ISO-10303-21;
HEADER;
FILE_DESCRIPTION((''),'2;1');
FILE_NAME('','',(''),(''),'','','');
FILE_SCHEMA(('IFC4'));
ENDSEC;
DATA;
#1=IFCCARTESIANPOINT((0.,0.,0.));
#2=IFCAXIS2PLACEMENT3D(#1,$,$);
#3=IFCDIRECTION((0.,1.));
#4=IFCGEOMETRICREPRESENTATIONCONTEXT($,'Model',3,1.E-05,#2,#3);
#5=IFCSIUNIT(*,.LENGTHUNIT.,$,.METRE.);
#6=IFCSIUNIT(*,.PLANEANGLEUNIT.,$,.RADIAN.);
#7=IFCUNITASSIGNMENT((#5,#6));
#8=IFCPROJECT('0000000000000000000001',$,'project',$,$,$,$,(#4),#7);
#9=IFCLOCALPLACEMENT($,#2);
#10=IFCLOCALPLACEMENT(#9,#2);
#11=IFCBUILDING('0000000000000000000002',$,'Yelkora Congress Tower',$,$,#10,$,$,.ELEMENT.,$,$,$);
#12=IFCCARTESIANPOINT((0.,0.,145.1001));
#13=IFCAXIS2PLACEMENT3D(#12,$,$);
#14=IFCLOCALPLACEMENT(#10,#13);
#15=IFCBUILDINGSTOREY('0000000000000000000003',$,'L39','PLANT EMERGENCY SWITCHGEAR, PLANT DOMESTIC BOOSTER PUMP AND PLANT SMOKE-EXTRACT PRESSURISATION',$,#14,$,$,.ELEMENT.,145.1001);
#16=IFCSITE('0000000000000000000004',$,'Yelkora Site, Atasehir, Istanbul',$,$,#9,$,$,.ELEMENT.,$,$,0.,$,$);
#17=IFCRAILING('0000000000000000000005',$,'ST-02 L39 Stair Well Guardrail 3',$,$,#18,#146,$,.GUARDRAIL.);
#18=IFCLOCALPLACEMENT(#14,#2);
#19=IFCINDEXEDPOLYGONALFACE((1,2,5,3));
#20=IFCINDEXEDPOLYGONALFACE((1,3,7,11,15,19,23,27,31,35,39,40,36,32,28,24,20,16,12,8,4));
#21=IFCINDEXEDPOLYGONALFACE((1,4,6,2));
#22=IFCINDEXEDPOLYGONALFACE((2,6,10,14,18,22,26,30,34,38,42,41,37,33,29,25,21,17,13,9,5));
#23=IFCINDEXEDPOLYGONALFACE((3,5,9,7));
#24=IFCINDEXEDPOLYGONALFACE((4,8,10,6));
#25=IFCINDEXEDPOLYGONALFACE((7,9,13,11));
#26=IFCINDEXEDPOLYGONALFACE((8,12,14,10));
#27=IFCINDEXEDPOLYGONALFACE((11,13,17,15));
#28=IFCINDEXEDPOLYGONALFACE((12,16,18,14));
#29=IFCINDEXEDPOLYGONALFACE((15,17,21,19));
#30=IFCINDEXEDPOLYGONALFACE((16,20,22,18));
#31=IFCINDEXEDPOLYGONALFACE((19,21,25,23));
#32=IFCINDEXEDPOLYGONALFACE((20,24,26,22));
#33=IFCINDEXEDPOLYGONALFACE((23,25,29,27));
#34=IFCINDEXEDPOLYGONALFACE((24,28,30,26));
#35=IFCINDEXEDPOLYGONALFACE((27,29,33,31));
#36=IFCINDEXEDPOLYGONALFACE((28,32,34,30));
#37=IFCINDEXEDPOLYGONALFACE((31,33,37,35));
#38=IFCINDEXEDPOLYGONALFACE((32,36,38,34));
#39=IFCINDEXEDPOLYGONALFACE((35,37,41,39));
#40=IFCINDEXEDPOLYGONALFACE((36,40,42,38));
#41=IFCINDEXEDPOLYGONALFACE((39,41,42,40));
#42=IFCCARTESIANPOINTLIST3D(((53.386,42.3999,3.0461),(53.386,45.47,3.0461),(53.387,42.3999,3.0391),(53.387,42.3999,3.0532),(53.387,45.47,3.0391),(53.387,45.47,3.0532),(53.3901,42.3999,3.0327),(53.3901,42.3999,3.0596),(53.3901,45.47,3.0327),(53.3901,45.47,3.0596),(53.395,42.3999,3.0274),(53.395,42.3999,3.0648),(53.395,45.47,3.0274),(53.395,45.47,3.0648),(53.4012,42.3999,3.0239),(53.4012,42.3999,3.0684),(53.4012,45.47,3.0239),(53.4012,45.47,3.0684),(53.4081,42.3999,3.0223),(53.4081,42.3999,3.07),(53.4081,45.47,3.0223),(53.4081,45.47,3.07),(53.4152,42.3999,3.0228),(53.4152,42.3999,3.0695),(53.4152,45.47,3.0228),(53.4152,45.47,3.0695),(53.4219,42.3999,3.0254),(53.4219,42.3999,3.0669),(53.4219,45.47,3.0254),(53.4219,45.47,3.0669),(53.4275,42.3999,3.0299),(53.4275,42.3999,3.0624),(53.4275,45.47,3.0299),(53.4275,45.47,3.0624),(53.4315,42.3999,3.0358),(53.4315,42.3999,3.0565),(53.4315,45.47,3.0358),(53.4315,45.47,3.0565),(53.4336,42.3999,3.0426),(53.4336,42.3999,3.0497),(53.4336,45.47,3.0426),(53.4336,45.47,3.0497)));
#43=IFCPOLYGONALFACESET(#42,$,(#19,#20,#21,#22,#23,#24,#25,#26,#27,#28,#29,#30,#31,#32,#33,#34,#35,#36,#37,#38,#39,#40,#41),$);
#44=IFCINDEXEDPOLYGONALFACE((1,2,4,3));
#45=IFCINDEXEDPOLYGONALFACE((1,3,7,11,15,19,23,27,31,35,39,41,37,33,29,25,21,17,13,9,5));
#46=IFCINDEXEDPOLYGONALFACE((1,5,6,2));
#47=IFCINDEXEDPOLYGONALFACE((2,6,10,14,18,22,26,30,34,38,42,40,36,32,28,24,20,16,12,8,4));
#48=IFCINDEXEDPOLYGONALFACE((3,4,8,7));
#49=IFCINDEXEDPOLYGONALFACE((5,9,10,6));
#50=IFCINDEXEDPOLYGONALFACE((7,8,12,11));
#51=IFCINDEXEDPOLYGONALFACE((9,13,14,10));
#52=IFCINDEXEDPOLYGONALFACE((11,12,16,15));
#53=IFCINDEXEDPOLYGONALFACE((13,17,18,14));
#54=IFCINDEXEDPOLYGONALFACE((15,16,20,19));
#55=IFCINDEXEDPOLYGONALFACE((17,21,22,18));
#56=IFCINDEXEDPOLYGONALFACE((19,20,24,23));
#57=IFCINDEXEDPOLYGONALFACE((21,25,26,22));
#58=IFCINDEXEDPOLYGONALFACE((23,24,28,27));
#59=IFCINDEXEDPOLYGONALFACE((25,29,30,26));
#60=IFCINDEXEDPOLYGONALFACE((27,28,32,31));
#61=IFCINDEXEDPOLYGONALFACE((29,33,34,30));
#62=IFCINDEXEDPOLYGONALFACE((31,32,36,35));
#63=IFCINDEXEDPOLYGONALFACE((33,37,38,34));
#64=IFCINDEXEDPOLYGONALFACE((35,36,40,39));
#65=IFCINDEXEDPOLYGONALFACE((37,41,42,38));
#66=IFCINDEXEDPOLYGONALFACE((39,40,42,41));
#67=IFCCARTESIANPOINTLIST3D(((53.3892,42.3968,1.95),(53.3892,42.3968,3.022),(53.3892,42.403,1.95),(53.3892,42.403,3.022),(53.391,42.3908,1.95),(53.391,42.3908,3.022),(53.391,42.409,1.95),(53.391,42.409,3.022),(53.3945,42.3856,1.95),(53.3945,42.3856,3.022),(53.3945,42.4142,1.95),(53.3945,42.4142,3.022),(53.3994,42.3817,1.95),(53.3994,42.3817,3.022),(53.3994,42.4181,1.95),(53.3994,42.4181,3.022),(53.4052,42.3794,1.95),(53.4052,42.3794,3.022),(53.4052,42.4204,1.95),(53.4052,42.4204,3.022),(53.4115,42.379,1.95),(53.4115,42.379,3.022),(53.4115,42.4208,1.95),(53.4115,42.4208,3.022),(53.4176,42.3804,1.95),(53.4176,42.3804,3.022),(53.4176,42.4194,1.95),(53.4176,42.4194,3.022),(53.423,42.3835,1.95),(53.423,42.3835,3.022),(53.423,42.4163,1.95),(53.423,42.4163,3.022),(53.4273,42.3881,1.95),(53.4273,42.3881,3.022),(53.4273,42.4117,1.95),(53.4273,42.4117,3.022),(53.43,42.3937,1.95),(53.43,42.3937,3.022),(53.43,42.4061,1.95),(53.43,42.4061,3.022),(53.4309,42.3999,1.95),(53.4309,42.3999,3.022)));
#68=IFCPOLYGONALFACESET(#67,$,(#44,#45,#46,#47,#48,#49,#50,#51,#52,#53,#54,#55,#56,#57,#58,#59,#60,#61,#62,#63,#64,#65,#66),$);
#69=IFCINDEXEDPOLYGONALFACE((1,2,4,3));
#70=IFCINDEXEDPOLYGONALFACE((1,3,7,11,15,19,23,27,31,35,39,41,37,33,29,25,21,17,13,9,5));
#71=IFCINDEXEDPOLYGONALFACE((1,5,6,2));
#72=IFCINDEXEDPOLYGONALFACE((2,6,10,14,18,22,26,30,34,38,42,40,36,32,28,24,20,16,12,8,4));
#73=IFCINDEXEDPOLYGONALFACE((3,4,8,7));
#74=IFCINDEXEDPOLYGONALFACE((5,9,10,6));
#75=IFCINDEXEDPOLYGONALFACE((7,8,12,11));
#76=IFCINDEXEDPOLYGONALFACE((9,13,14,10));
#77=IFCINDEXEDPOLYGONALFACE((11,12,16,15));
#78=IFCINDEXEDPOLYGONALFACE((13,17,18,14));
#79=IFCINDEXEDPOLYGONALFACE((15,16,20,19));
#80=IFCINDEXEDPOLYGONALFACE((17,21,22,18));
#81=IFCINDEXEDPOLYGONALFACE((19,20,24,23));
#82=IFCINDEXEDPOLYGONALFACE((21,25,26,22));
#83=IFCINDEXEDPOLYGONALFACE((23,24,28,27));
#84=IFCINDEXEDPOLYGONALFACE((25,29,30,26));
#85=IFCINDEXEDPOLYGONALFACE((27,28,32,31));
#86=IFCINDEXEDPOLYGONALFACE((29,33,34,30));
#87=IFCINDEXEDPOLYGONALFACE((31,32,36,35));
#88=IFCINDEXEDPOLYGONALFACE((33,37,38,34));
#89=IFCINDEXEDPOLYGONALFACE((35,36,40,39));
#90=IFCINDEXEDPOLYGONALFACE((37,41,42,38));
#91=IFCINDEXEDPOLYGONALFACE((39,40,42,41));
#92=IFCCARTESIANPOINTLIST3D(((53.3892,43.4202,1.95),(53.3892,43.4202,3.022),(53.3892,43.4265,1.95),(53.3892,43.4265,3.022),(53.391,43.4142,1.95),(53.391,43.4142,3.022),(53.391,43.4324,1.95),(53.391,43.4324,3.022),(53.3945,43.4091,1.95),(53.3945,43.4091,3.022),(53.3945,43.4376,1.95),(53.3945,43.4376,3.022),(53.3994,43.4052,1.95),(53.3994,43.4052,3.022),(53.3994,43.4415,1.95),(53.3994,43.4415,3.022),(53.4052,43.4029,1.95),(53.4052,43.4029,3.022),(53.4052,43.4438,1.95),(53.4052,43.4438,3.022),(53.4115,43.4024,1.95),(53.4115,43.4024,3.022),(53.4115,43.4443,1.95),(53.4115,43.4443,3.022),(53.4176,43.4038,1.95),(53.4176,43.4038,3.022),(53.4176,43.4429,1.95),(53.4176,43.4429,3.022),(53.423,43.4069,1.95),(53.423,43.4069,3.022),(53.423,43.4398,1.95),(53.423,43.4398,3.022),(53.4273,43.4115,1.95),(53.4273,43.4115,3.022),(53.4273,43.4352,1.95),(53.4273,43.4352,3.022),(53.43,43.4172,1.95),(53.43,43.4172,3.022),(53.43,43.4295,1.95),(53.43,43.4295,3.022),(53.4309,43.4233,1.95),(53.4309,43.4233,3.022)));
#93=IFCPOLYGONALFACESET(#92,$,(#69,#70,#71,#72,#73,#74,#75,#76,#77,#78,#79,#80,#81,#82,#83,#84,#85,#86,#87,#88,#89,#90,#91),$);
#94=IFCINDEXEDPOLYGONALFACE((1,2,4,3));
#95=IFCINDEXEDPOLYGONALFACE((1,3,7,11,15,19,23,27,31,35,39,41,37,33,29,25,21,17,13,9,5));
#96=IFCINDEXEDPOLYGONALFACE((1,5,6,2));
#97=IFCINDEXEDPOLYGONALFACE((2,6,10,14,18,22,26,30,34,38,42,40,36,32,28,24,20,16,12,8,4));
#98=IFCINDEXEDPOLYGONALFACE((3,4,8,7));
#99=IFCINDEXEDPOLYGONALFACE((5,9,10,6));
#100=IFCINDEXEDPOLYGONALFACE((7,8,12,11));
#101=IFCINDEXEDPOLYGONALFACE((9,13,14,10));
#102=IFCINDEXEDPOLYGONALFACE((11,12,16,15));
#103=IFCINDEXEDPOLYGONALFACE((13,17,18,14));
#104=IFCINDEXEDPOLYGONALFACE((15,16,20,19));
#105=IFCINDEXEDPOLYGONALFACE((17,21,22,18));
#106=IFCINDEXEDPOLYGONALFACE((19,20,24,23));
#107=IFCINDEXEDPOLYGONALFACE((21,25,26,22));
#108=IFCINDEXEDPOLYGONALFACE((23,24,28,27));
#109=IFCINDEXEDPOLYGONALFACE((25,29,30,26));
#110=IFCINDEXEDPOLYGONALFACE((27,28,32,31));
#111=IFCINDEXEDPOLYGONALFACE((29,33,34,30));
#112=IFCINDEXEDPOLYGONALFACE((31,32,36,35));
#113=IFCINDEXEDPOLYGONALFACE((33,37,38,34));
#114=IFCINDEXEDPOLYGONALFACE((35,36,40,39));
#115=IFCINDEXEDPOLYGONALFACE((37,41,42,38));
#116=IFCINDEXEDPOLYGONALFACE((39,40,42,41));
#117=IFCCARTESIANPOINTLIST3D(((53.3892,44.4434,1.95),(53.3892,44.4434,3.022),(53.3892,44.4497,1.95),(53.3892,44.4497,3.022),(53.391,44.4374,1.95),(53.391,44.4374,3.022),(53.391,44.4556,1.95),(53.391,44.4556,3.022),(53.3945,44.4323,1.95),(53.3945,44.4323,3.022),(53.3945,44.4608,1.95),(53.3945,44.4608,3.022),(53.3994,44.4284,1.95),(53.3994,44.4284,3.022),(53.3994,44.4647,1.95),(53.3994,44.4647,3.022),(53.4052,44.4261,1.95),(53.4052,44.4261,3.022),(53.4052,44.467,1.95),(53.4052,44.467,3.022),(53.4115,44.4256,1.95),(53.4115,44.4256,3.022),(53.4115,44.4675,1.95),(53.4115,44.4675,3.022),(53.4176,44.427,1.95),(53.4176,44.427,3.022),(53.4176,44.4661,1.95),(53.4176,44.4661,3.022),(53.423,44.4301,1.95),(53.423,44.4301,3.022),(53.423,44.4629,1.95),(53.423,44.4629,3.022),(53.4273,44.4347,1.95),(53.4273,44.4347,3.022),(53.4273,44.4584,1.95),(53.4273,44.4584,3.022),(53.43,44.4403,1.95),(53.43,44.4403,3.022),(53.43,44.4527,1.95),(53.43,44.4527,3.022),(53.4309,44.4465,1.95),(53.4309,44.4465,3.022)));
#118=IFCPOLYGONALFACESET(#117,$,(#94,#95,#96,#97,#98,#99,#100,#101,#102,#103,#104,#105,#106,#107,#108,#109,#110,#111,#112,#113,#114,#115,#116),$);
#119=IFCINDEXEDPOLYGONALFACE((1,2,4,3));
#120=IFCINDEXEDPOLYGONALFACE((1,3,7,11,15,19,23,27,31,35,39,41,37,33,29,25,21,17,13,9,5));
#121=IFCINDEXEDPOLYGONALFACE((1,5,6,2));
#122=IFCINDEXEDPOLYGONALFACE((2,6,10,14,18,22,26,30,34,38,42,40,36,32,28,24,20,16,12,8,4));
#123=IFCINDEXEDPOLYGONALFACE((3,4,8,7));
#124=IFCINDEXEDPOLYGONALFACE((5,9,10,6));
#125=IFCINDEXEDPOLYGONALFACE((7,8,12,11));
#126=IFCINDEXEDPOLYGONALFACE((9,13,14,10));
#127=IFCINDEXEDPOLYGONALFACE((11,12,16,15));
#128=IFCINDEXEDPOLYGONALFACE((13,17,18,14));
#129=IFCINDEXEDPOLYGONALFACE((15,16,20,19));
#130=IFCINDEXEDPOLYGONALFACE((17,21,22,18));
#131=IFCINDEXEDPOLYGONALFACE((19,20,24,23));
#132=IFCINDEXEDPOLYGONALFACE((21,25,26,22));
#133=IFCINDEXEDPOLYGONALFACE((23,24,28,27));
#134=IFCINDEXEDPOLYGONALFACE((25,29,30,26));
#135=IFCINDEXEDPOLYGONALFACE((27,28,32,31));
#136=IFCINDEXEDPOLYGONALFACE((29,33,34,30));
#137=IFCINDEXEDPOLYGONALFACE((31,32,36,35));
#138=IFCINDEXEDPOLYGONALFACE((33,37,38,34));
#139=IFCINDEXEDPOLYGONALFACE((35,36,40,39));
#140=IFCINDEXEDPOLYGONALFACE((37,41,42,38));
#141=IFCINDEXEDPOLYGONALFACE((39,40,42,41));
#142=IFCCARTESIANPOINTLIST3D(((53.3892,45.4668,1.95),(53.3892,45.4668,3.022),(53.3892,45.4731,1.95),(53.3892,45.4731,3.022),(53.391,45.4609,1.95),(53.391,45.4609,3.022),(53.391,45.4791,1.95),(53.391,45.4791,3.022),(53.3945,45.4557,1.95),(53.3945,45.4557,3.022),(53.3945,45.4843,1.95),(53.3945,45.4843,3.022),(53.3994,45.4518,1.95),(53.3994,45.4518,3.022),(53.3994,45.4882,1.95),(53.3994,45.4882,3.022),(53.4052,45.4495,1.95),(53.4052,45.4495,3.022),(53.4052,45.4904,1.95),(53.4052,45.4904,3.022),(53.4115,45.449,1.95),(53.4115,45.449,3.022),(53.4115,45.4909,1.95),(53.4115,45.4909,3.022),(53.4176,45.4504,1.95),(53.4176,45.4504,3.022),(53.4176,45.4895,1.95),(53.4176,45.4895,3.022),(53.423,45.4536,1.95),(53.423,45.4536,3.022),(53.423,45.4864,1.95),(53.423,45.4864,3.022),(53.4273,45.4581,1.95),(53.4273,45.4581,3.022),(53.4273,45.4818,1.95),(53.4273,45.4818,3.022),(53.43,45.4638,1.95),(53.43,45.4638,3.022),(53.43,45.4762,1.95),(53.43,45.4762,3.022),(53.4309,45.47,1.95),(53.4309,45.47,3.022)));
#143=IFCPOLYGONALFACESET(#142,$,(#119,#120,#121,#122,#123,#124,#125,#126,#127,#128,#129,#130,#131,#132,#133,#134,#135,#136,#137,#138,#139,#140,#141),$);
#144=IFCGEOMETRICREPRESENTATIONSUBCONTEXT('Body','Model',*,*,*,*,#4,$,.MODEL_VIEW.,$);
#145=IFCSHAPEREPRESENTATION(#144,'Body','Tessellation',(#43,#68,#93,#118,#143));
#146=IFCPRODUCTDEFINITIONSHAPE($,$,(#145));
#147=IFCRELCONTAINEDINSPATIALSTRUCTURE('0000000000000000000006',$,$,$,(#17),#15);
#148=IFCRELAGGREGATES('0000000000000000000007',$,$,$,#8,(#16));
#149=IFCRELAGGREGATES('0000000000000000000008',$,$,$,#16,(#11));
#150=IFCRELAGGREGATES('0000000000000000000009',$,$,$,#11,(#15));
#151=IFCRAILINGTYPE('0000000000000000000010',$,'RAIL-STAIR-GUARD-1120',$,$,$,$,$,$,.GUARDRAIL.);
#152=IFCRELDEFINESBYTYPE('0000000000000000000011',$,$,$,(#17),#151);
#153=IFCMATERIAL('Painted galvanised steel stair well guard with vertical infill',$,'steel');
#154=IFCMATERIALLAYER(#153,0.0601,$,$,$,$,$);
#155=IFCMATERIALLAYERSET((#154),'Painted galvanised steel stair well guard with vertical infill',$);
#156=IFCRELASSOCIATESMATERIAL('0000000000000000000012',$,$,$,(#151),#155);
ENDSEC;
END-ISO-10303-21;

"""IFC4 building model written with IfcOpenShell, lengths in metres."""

from ifc_helpers import new_model, si_unit, direction, frame, origin, origin_2d, place, context, subcontext, project, spatial, circle, extrude, material, layer, layer_set, type_object, element, save


model = new_model("IFC4")

# Units and contexts
model_context = context("Model", 3, precision=1e-05, world=origin(), true_north=direction((0.0, 1.0)))
body_context = subcontext(model_context, "Body", "Model", "MODEL_VIEW")
ifc_project = project(units=[si_unit("LENGTHUNIT", "METRE"), si_unit("PLANEANGLEUNIT", "RADIAN")], contexts=[model_context])

# Site, building, storey
site_placement = place(None, origin())
site = spatial("IfcSite", under=ifc_project, at=site_placement, Name="Yelkora Site, Atasehir, Istanbul", CompositionType="ELEMENT", RefElevation=0.0)
building_placement = place(site_placement, origin())
building = spatial("IfcBuilding", under=site, at=building_placement, Name="Yelkora Congress Tower", CompositionType="ELEMENT")
storey_placement = place(building_placement, frame((0.0, 0.0, 145.1001)))
storey = spatial("IfcBuildingStorey", under=building, at=storey_placement, Name="L39", Description="PLANT EMERGENCY SWITCHGEAR, PLANT DOMESTIC BOOSTER PUMP AND PLANT SMOKE-EXTRACT PRESSURISATION", CompositionType="ELEMENT", Elevation=145.1001)

# Railing
ifc_material_1 = material(Name="Painted galvanised steel stair well guard with vertical infill", Category="steel")
ifc_layer_1 = layer(ifc_material_1, 0.0601)
ifc_layer_set_1 = layer_set([ifc_layer_1], Name="Painted galvanised steel stair well guard with vertical infill")
railing_type_1 = type_object("IfcRailingType", Name="RAIL-STAIR-GUARD-1120", PredefinedType="GUARDRAIL", material=ifc_layer_set_1)
for number, where, name in (
    (1, (53.4099, 42.3999, 1.95), "ST-02 L39 Stair Well Guardrail 3"),
):
    element("IfcRailing", number, at=place(storey_placement, frame(where)), inside=storey, type_object=railing_type_1, Name=name, PredefinedType="GUARDRAIL", context=body_context, shape_type="SweptSolid", body=[
        extrude(circle(Radius=0.0239, at=origin_2d()), frame((0.0, 0.0, 1.0962), z_axis=(0.0, 1.0, 0.0), x_axis=(-1.0, 0.0, 0.0)), (0.0, 0.0, 1.0), 3.0701),
        extrude(circle(Radius=0.021, at=origin_2d()), origin(), (0.0, 0.0, 1.0), 1.072),
        extrude(circle(Radius=0.021, at=origin_2d()), frame((0.0, 1.0234, 0.0)), (0.0, 0.0, 1.0), 1.072),
        extrude(circle(Radius=0.021, at=origin_2d()), frame((0.0, 2.0466, 0.0)), (0.0, 0.0, 1.0), 1.072),
        extrude(circle(Radius=0.021, at=origin_2d()), frame((0.0, 3.0701, 0.0)), (0.0, 0.0, 1.0), 1.072),
    ])

save(model, "model.ifc")
